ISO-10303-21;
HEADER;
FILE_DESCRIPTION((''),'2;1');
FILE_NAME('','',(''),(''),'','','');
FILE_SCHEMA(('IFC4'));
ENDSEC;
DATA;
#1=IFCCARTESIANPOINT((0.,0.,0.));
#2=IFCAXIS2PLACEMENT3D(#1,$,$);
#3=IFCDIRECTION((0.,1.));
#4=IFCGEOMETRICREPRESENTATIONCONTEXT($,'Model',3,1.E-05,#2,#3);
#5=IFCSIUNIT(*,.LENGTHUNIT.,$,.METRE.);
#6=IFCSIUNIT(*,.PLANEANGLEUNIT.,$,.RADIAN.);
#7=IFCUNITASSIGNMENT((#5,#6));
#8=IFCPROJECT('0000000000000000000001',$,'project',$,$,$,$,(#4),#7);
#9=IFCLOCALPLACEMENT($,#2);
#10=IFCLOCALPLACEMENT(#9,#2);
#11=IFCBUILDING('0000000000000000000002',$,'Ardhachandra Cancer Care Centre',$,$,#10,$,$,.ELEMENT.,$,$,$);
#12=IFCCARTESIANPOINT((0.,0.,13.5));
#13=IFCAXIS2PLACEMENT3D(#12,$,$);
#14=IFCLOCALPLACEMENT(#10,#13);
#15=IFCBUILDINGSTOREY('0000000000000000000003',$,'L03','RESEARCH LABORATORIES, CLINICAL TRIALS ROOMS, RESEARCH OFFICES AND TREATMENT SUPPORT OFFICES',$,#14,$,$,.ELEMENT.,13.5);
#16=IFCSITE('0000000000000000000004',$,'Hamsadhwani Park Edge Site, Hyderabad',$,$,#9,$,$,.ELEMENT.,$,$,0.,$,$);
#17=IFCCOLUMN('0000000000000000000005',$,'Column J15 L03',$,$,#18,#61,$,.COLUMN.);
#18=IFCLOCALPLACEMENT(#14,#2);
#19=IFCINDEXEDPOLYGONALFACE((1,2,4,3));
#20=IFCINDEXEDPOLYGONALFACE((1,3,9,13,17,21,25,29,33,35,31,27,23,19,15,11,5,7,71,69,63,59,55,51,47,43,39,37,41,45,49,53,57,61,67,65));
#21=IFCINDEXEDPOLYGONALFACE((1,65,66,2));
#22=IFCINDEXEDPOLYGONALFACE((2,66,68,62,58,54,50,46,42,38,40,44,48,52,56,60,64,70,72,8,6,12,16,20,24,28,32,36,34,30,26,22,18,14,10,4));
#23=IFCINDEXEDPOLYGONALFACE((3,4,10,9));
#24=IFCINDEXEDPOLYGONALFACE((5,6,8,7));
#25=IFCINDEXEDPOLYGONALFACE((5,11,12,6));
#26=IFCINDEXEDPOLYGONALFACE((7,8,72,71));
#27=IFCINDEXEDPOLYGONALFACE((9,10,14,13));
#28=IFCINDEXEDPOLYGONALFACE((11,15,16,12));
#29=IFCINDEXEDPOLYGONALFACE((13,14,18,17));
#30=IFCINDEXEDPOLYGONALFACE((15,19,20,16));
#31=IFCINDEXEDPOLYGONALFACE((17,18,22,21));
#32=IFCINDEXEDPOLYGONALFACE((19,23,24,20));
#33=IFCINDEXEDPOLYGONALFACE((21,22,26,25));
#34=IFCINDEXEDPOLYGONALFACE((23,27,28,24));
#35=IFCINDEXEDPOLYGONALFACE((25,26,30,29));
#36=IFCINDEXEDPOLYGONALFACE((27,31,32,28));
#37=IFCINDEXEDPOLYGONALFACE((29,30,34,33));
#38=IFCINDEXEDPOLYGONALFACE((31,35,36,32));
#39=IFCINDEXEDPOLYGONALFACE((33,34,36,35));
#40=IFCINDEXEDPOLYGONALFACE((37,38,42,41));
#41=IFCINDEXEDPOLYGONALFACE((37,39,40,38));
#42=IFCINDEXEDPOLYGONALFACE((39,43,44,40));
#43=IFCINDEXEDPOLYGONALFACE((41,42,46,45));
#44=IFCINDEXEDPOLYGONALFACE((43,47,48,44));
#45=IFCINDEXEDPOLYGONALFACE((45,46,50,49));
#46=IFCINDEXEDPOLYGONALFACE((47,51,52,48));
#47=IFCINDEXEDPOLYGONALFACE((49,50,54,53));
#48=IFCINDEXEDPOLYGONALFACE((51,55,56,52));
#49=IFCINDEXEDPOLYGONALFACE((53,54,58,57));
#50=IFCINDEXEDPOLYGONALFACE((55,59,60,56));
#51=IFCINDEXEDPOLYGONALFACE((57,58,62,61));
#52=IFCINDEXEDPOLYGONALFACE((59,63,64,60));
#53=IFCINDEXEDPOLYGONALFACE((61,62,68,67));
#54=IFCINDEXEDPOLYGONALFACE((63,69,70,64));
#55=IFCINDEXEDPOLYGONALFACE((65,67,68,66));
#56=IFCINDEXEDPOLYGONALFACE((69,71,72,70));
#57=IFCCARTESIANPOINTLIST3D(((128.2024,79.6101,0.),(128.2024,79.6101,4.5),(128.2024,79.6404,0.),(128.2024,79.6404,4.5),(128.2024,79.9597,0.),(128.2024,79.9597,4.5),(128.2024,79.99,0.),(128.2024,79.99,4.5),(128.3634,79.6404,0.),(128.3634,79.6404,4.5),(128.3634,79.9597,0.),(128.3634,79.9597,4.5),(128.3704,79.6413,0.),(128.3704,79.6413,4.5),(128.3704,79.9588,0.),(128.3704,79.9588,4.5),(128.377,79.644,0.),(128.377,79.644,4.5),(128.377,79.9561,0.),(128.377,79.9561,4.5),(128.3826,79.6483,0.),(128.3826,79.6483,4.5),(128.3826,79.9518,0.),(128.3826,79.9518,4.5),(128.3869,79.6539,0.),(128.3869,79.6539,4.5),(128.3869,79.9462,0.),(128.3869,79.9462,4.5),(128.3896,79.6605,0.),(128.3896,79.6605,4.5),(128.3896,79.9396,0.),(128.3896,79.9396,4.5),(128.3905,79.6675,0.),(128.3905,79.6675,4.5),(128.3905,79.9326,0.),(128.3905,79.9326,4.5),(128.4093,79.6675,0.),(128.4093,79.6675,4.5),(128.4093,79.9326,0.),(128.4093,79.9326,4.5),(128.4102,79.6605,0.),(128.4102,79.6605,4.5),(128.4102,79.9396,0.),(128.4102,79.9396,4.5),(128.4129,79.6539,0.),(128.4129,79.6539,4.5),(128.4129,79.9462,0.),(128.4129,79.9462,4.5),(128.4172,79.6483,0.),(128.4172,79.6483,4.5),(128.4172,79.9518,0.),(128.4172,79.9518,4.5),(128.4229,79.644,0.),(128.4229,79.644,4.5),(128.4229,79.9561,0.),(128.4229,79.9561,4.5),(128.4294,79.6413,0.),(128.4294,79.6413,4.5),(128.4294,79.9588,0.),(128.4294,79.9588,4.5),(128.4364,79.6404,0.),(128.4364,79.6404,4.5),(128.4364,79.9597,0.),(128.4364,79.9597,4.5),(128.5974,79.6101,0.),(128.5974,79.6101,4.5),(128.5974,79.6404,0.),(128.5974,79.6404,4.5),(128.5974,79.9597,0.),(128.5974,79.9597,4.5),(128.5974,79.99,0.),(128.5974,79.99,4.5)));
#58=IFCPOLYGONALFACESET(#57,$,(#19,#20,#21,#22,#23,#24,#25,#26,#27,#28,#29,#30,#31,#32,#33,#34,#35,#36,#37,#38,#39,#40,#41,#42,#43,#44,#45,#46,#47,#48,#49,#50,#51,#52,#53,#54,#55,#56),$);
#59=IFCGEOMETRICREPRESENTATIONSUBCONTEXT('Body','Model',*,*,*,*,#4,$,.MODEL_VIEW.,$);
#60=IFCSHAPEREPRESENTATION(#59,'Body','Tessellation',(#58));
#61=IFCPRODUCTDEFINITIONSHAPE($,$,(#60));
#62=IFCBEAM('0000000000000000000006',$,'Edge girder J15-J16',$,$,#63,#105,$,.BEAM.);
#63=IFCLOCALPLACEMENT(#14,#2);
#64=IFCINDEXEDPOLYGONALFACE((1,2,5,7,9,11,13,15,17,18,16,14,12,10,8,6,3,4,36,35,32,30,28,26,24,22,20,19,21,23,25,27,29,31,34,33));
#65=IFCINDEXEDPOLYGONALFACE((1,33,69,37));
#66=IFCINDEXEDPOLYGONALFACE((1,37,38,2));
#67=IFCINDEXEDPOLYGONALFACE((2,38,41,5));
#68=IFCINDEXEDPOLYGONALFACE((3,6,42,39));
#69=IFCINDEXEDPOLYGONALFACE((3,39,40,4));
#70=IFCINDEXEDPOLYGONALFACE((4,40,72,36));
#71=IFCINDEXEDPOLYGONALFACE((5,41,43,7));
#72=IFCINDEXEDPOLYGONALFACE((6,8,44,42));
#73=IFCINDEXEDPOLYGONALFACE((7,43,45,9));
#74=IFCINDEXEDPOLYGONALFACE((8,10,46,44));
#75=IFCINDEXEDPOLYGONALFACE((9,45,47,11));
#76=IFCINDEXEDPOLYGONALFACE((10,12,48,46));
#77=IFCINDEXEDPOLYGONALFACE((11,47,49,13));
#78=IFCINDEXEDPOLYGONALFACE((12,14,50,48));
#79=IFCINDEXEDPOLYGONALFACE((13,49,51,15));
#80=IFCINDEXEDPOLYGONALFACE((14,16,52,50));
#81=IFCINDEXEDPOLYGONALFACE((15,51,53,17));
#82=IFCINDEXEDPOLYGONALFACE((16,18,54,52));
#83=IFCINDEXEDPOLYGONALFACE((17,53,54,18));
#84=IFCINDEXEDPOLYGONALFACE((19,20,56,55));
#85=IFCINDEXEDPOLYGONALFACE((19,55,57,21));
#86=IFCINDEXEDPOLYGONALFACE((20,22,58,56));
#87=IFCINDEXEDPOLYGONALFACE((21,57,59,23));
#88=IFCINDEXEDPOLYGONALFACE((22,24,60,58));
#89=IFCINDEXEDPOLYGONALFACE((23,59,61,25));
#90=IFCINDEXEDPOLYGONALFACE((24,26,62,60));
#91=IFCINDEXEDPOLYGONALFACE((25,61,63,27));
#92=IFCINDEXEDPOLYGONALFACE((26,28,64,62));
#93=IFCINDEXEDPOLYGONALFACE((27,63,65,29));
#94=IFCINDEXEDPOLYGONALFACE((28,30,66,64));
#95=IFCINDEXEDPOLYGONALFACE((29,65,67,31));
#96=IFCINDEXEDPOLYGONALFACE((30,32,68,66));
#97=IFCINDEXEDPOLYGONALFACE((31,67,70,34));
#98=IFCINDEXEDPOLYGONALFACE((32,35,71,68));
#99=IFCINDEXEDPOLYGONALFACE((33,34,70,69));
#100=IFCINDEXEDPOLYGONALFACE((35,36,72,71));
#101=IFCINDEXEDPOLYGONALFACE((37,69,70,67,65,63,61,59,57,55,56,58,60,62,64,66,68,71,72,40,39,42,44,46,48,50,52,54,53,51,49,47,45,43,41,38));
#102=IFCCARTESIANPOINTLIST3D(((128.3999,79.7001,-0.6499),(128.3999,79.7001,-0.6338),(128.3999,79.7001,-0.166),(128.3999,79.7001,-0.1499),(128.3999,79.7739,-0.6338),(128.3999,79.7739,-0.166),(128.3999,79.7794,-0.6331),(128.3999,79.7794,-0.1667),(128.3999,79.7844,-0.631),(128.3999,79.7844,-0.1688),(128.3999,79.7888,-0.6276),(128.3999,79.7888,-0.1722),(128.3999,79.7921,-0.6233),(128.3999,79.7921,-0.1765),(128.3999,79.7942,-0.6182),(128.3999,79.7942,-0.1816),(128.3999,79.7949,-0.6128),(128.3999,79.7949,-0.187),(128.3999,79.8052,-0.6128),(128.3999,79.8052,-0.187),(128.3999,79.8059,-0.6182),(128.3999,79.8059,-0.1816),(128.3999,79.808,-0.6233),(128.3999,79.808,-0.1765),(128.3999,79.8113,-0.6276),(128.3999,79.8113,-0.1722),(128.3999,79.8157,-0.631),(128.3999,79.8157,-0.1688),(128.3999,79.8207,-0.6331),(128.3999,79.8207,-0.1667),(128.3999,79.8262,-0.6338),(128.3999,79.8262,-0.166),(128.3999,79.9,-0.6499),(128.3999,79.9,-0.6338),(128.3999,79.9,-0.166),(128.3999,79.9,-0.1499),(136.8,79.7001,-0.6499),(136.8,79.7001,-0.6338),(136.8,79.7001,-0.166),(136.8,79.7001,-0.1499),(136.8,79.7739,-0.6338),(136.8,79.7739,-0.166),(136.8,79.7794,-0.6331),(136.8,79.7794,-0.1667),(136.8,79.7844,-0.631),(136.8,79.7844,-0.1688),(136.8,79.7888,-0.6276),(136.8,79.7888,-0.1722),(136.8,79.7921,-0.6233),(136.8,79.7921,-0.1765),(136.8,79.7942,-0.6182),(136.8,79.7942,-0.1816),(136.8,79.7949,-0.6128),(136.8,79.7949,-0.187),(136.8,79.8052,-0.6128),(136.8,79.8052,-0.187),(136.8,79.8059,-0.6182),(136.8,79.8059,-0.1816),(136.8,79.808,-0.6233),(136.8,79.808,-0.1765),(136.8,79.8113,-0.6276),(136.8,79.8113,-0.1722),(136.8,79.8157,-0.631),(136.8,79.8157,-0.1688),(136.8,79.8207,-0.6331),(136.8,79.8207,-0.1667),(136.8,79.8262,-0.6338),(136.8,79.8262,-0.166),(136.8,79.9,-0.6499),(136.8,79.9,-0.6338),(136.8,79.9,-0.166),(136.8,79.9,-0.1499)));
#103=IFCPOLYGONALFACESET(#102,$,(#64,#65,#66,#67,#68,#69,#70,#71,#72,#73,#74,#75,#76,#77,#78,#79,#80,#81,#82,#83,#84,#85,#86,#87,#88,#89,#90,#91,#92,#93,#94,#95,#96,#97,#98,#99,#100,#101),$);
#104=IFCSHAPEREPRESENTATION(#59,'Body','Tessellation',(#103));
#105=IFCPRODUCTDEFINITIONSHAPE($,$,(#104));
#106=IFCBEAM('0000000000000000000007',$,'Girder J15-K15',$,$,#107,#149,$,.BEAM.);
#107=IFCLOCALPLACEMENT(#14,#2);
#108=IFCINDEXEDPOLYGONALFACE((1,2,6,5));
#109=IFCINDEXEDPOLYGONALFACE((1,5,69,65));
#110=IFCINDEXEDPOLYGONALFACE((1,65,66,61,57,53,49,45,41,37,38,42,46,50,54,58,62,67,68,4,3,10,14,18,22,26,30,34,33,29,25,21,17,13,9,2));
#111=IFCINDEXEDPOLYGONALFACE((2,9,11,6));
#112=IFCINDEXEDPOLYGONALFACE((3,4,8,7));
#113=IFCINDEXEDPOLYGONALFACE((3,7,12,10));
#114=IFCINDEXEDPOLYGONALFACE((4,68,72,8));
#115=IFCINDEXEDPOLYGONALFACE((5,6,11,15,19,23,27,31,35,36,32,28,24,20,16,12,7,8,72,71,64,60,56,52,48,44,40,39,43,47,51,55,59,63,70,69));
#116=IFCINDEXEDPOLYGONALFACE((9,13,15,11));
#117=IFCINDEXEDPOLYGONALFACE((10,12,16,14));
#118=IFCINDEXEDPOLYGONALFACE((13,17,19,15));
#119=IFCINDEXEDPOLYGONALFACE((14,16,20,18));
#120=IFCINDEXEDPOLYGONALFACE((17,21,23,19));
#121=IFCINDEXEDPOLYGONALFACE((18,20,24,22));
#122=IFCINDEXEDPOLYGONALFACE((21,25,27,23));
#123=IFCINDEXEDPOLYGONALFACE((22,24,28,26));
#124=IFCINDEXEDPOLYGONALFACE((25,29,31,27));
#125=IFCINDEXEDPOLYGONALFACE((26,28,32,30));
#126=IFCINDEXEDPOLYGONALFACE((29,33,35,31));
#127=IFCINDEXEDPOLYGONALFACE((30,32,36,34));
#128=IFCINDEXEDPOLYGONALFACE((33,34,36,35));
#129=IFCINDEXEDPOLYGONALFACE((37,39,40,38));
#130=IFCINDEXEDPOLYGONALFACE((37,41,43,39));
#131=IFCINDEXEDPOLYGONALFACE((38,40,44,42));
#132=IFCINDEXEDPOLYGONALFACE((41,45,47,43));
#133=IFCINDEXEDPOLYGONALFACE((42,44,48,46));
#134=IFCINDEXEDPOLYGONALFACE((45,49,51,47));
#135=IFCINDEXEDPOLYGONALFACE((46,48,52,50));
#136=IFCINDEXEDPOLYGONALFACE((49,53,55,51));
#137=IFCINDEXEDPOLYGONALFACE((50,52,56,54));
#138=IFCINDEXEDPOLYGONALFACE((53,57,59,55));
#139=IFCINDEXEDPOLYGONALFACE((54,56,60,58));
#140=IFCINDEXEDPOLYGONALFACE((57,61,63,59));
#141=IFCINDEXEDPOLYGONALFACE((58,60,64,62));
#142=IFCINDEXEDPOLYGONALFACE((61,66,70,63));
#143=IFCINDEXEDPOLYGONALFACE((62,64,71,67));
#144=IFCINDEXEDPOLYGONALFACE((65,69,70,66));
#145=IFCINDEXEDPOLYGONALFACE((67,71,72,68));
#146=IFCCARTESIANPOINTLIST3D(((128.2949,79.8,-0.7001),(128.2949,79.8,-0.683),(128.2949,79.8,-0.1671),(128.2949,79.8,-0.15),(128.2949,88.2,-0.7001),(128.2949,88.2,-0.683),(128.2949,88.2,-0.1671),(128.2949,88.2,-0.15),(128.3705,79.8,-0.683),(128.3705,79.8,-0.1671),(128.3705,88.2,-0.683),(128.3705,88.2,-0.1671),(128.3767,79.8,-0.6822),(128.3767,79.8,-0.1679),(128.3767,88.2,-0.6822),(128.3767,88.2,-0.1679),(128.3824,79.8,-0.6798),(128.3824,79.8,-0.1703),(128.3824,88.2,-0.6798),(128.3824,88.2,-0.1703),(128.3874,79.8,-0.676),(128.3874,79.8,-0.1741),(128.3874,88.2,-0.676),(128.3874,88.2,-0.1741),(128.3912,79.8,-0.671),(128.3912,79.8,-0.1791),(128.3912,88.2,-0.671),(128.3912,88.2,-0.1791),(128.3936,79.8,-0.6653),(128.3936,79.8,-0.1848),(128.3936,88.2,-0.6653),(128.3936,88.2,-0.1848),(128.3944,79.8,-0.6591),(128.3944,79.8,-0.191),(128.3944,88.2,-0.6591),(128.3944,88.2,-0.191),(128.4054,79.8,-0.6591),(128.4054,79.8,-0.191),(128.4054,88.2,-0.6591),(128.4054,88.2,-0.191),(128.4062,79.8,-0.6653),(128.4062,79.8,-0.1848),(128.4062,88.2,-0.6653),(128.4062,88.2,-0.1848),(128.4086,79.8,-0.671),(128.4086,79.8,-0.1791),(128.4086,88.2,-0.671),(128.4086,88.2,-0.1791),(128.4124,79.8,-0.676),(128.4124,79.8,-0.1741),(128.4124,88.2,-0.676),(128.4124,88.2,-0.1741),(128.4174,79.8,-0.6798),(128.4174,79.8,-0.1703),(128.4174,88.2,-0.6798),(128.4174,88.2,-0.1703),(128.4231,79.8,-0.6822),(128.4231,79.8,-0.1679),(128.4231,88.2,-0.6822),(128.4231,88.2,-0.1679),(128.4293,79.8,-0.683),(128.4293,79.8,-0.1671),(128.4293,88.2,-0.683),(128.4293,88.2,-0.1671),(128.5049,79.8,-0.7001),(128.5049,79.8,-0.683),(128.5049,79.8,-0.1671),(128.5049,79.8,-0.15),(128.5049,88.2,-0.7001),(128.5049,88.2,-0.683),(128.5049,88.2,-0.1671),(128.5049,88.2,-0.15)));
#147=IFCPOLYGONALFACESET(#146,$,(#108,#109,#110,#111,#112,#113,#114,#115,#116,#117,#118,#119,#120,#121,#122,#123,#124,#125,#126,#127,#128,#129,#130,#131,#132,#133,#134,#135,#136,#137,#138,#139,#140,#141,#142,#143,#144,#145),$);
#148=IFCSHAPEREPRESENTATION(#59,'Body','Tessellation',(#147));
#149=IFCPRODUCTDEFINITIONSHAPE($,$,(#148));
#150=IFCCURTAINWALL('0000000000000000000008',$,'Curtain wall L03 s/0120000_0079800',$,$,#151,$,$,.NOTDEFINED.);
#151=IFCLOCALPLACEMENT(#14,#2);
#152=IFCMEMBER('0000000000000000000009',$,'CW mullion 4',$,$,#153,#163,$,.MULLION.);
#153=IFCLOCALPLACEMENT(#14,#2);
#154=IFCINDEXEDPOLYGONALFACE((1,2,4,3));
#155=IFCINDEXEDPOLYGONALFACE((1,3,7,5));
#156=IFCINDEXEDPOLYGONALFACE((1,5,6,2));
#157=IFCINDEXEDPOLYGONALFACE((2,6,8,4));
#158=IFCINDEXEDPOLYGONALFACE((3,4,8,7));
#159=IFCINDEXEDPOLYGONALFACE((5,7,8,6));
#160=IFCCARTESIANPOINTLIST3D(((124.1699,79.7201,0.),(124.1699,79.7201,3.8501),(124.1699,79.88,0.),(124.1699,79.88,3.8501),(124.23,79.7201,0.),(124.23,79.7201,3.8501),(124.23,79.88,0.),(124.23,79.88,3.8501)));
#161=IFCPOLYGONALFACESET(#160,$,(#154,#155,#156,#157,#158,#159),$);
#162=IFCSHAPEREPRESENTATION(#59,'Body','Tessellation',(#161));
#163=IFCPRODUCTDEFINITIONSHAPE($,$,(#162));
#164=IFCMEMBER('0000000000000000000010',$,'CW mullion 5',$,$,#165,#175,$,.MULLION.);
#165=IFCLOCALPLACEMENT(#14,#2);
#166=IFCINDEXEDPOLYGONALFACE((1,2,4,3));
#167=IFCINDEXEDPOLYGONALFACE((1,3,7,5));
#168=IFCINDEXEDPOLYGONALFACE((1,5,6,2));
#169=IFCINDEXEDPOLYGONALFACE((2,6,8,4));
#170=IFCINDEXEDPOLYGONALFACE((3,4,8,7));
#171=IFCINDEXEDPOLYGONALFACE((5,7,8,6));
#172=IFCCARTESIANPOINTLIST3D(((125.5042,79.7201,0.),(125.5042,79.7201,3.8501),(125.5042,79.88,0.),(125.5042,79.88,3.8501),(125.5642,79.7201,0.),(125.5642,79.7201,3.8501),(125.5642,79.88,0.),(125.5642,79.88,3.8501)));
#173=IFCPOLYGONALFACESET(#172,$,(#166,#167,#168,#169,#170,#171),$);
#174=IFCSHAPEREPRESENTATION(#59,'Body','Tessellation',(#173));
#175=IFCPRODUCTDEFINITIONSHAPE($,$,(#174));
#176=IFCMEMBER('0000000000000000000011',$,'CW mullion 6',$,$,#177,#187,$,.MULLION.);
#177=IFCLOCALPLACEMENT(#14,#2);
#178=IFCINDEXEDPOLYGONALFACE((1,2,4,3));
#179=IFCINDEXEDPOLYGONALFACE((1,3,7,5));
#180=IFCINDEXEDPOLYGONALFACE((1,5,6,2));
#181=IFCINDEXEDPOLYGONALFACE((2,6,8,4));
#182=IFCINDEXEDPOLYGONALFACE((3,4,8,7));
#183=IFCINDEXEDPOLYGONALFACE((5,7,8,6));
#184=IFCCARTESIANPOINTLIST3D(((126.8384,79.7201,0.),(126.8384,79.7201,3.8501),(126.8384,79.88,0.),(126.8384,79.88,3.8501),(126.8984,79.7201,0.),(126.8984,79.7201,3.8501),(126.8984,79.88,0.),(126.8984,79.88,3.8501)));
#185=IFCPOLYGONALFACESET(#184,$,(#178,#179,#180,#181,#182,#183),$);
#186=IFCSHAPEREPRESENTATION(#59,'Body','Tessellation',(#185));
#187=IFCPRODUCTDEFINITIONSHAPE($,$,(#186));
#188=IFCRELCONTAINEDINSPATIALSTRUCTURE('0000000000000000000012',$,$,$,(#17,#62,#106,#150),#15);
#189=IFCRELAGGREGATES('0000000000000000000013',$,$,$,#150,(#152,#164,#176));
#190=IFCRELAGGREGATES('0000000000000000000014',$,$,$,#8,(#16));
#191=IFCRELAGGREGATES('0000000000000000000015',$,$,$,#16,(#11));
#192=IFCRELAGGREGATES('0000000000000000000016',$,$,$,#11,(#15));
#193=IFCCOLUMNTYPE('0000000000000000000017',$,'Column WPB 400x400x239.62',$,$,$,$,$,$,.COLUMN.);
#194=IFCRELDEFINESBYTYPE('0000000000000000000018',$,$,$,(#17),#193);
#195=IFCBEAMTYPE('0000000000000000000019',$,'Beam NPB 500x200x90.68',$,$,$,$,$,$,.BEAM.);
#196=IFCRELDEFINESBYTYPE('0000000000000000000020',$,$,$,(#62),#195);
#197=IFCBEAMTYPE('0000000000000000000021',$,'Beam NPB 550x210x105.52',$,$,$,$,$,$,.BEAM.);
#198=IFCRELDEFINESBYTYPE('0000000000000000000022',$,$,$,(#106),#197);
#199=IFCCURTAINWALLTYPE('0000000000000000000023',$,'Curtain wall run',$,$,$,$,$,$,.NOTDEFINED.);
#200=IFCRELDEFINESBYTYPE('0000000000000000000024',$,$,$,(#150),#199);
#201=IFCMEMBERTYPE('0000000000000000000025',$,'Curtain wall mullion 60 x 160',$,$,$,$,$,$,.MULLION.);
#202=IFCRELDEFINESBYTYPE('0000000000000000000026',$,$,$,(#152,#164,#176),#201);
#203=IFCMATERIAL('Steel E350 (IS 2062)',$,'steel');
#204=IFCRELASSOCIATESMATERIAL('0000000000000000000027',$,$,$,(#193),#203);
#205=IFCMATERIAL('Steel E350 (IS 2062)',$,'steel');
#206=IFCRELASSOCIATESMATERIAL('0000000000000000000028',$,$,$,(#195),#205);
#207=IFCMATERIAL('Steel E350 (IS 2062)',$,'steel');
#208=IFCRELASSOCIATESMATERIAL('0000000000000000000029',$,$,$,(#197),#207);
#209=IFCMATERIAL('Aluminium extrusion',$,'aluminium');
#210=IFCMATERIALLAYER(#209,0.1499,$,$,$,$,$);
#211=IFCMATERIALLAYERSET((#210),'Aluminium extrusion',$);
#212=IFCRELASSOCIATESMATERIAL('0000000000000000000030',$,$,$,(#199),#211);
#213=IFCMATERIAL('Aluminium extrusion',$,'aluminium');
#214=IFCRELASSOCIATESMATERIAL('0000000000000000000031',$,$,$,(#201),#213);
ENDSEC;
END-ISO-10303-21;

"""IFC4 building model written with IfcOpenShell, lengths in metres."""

from ifc_helpers import new_model, si_unit, direction, frame, origin, origin_2d, place, context, subcontext, project, spatial, rectangle, i_section, extrude, material, layer, layer_set, material_profile, profile_set, type_object, element, aggregate, save


model = new_model("IFC4")

# Units and contexts
model_context = context("Model", 3, precision=1e-05, world=origin(), true_north=direction((0.0, 1.0)))
body_context = subcontext(model_context, "Body", "Model", "MODEL_VIEW")
ifc_project = project(units=[si_unit("LENGTHUNIT", "METRE"), si_unit("PLANEANGLEUNIT", "RADIAN")], contexts=[model_context])

# Site, building, storey
site_placement = place(None, origin())
site = spatial("IfcSite", under=ifc_project, at=site_placement, Name="Hamsadhwani Park Edge Site, Hyderabad", CompositionType="ELEMENT", RefElevation=0.0)
building_placement = place(site_placement, origin())
building = spatial("IfcBuilding", under=site, at=building_placement, Name="Ardhachandra Cancer Care Centre", CompositionType="ELEMENT")
storey_placement = place(building_placement, frame((0.0, 0.0, 13.5)))
storey = spatial("IfcBuildingStorey", under=building, at=storey_placement, Name="L03", Description="RESEARCH LABORATORIES, CLINICAL TRIALS ROOMS, RESEARCH OFFICES AND TREATMENT SUPPORT OFFICES", CompositionType="ELEMENT", Elevation=13.5)

# Column
ifc_material_1 = material(Name="Steel E350 (IS 2062)", Category="steel")
ifc_material_profile_1 = material_profile(ifc_material_1, i_section(OverallWidth=0.395, OverallDepth=0.3799, WebThickness=0.0188, FlangeThickness=0.0303, FilletRadius=0.0271, at=origin_2d()), Name="WPB 400x400x239.62")
ifc_profile_set_1 = profile_set([ifc_material_profile_1], Name="Steel E350 (IS 2062)")
column_type = type_object("IfcColumnType", Name="Column WPB 400x400x239.62", PredefinedType="COLUMN", material=ifc_profile_set_1)
column_placement = place(storey_placement, frame((128.3999, 79.8, 0.0), z_axis=(0.0, 0.0, 1.0), x_axis=(1.0, 0.0, 0.0)))
element("IfcColumn", 1, at=column_placement, inside=storey, type_object=column_type, Name="Column J15 L03", PredefinedType="COLUMN", context=body_context, shape_type="SweptSolid", body=[
    extrude(i_section(OverallWidth=0.395, OverallDepth=0.3799, WebThickness=0.0188, FlangeThickness=0.0303, FilletRadius=0.0271, at=origin_2d()), origin(), (0.0, 0.0, 1.0), 4.5),
])

# Beams
ifc_material_2 = material(Name="Steel E350 (IS 2062)", Category="steel")
ifc_material_profile_2 = material_profile(ifc_material_2, i_section(OverallWidth=0.2, OverallDepth=0.5, WebThickness=0.0103, FlangeThickness=0.0161, FilletRadius=0.021, at=origin_2d()), Name="NPB 500x200x90.68")
ifc_profile_set_2 = profile_set([ifc_material_profile_2], Name="Steel E350 (IS 2062)")
beam_type_1 = type_object("IfcBeamType", Name="Beam NPB 500x200x90.68", PredefinedType="BEAM", material=ifc_profile_set_2)
beam_1_placement = place(storey_placement, frame((128.3999, 79.8, -0.3999), z_axis=(1.0, 0.0, 0.0), x_axis=(0.0, 1.0, 0.0)))
element("IfcBeam", 2, at=beam_1_placement, inside=storey, type_object=beam_type_1, Name="Edge girder J15-J16", PredefinedType="BEAM", context=body_context, shape_type="SweptSolid", body=[
    extrude(i_section(OverallWidth=0.2, OverallDepth=0.5, WebThickness=0.0103, FlangeThickness=0.0161, FilletRadius=0.021, at=origin_2d()), origin(), (0.0, 0.0, 1.0), 8.4001),
])
ifc_material_3 = material(Name="Steel E350 (IS 2062)", Category="steel")
ifc_material_profile_3 = material_profile(ifc_material_3, i_section(OverallWidth=0.21, OverallDepth=0.55, WebThickness=0.011, FlangeThickness=0.0171, FilletRadius=0.0239, at=origin_2d()), Name="NPB 550x210x105.52")
ifc_profile_set_3 = profile_set([ifc_material_profile_3], Name="Steel E350 (IS 2062)")
beam_type_2 = type_object("IfcBeamType", Name="Beam NPB 550x210x105.52", PredefinedType="BEAM", material=ifc_profile_set_3)
beam_2_placement = place(storey_placement, frame((128.3999, 79.8, -0.425), z_axis=(0.0, 1.0, 0.0), x_axis=(-1.0, 0.0, 0.0)))
element("IfcBeam", 3, at=beam_2_placement, inside=storey, type_object=beam_type_2, Name="Girder J15-K15", PredefinedType="BEAM", context=body_context, shape_type="SweptSolid", body=[
    extrude(i_section(OverallWidth=0.21, OverallDepth=0.55, WebThickness=0.011, FlangeThickness=0.0171, FilletRadius=0.0239, at=origin_2d()), origin(), (0.0, 0.0, 1.0), 8.3999),
])

# Curtain wall, members
ifc_material_4 = material(Name="Aluminium extrusion", Category="aluminium")
ifc_layer_1 = layer(ifc_material_4, 0.1499)
ifc_layer_set_1 = layer_set([ifc_layer_1], Name="Aluminium extrusion")
curtain_wall_type = type_object("IfcCurtainWallType", Name="Curtain wall run", PredefinedType="NOTDEFINED", material=ifc_layer_set_1)
curtain_wall_1_placement = place(storey_placement, origin())
curtain_wall_1 = element("IfcCurtainWall", 4, at=curtain_wall_1_placement, inside=storey, type_object=curtain_wall_type, Name="Curtain wall L03 s/0120000_0079800", PredefinedType="NOTDEFINED")
ifc_material_5 = material(Name="Aluminium extrusion", Category="aluminium")
ifc_material_profile_4 = material_profile(ifc_material_5, rectangle(XDim=0.1599, YDim=0.0601, at=origin_2d()), Name="Curtain wall mullion 60 x 160")
ifc_profile_set_4 = profile_set([ifc_material_profile_4], Name="Aluminium extrusion")
member_type_1 = type_object("IfcMemberType", Name="Curtain wall mullion 60 x 160", PredefinedType="MULLION", material=ifc_profile_set_4)
member_1_placement = place(storey_placement, frame((124.2, 79.8, 0.0), z_axis=(0.0, 0.0, 1.0), x_axis=(0.0, 1.0, 0.0)))
member_1 = element("IfcMember", 5, at=member_1_placement, type_object=member_type_1, Name="CW mullion 4", PredefinedType="MULLION", context=body_context, shape_type="SweptSolid", body=[
    extrude(rectangle(XDim=0.1599, YDim=0.0601, at=origin_2d()), origin(), (0.0, 0.0, 1.0), 3.8501),
])
member_2_placement = place(storey_placement, frame((125.5342, 79.8, 0.0), z_axis=(0.0, 0.0, 1.0), x_axis=(0.0, 1.0, 0.0)))
member_2 = element("IfcMember", 6, at=member_2_placement, type_object=member_type_1, Name="CW mullion 5", PredefinedType="MULLION", context=body_context, shape_type="SweptSolid", body=[
    extrude(rectangle(XDim=0.1599, YDim=0.0601, at=origin_2d()), origin(), (0.0, 0.0, 1.0), 3.8501),
])
member_3_placement = place(storey_placement, frame((126.8684, 79.8, 0.0), z_axis=(0.0, 0.0, 1.0), x_axis=(0.0, 1.0, 0.0)))
member_3 = element("IfcMember", 7, at=member_3_placement, type_object=member_type_1, Name="CW mullion 6", PredefinedType="MULLION", context=body_context, shape_type="SweptSolid", body=[
    extrude(rectangle(XDim=0.1599, YDim=0.0601, at=origin_2d()), origin(), (0.0, 0.0, 1.0), 3.8501),
])

aggregate(curtain_wall_1, [member_1, member_2, member_3])

save(model, "model.ifc")
